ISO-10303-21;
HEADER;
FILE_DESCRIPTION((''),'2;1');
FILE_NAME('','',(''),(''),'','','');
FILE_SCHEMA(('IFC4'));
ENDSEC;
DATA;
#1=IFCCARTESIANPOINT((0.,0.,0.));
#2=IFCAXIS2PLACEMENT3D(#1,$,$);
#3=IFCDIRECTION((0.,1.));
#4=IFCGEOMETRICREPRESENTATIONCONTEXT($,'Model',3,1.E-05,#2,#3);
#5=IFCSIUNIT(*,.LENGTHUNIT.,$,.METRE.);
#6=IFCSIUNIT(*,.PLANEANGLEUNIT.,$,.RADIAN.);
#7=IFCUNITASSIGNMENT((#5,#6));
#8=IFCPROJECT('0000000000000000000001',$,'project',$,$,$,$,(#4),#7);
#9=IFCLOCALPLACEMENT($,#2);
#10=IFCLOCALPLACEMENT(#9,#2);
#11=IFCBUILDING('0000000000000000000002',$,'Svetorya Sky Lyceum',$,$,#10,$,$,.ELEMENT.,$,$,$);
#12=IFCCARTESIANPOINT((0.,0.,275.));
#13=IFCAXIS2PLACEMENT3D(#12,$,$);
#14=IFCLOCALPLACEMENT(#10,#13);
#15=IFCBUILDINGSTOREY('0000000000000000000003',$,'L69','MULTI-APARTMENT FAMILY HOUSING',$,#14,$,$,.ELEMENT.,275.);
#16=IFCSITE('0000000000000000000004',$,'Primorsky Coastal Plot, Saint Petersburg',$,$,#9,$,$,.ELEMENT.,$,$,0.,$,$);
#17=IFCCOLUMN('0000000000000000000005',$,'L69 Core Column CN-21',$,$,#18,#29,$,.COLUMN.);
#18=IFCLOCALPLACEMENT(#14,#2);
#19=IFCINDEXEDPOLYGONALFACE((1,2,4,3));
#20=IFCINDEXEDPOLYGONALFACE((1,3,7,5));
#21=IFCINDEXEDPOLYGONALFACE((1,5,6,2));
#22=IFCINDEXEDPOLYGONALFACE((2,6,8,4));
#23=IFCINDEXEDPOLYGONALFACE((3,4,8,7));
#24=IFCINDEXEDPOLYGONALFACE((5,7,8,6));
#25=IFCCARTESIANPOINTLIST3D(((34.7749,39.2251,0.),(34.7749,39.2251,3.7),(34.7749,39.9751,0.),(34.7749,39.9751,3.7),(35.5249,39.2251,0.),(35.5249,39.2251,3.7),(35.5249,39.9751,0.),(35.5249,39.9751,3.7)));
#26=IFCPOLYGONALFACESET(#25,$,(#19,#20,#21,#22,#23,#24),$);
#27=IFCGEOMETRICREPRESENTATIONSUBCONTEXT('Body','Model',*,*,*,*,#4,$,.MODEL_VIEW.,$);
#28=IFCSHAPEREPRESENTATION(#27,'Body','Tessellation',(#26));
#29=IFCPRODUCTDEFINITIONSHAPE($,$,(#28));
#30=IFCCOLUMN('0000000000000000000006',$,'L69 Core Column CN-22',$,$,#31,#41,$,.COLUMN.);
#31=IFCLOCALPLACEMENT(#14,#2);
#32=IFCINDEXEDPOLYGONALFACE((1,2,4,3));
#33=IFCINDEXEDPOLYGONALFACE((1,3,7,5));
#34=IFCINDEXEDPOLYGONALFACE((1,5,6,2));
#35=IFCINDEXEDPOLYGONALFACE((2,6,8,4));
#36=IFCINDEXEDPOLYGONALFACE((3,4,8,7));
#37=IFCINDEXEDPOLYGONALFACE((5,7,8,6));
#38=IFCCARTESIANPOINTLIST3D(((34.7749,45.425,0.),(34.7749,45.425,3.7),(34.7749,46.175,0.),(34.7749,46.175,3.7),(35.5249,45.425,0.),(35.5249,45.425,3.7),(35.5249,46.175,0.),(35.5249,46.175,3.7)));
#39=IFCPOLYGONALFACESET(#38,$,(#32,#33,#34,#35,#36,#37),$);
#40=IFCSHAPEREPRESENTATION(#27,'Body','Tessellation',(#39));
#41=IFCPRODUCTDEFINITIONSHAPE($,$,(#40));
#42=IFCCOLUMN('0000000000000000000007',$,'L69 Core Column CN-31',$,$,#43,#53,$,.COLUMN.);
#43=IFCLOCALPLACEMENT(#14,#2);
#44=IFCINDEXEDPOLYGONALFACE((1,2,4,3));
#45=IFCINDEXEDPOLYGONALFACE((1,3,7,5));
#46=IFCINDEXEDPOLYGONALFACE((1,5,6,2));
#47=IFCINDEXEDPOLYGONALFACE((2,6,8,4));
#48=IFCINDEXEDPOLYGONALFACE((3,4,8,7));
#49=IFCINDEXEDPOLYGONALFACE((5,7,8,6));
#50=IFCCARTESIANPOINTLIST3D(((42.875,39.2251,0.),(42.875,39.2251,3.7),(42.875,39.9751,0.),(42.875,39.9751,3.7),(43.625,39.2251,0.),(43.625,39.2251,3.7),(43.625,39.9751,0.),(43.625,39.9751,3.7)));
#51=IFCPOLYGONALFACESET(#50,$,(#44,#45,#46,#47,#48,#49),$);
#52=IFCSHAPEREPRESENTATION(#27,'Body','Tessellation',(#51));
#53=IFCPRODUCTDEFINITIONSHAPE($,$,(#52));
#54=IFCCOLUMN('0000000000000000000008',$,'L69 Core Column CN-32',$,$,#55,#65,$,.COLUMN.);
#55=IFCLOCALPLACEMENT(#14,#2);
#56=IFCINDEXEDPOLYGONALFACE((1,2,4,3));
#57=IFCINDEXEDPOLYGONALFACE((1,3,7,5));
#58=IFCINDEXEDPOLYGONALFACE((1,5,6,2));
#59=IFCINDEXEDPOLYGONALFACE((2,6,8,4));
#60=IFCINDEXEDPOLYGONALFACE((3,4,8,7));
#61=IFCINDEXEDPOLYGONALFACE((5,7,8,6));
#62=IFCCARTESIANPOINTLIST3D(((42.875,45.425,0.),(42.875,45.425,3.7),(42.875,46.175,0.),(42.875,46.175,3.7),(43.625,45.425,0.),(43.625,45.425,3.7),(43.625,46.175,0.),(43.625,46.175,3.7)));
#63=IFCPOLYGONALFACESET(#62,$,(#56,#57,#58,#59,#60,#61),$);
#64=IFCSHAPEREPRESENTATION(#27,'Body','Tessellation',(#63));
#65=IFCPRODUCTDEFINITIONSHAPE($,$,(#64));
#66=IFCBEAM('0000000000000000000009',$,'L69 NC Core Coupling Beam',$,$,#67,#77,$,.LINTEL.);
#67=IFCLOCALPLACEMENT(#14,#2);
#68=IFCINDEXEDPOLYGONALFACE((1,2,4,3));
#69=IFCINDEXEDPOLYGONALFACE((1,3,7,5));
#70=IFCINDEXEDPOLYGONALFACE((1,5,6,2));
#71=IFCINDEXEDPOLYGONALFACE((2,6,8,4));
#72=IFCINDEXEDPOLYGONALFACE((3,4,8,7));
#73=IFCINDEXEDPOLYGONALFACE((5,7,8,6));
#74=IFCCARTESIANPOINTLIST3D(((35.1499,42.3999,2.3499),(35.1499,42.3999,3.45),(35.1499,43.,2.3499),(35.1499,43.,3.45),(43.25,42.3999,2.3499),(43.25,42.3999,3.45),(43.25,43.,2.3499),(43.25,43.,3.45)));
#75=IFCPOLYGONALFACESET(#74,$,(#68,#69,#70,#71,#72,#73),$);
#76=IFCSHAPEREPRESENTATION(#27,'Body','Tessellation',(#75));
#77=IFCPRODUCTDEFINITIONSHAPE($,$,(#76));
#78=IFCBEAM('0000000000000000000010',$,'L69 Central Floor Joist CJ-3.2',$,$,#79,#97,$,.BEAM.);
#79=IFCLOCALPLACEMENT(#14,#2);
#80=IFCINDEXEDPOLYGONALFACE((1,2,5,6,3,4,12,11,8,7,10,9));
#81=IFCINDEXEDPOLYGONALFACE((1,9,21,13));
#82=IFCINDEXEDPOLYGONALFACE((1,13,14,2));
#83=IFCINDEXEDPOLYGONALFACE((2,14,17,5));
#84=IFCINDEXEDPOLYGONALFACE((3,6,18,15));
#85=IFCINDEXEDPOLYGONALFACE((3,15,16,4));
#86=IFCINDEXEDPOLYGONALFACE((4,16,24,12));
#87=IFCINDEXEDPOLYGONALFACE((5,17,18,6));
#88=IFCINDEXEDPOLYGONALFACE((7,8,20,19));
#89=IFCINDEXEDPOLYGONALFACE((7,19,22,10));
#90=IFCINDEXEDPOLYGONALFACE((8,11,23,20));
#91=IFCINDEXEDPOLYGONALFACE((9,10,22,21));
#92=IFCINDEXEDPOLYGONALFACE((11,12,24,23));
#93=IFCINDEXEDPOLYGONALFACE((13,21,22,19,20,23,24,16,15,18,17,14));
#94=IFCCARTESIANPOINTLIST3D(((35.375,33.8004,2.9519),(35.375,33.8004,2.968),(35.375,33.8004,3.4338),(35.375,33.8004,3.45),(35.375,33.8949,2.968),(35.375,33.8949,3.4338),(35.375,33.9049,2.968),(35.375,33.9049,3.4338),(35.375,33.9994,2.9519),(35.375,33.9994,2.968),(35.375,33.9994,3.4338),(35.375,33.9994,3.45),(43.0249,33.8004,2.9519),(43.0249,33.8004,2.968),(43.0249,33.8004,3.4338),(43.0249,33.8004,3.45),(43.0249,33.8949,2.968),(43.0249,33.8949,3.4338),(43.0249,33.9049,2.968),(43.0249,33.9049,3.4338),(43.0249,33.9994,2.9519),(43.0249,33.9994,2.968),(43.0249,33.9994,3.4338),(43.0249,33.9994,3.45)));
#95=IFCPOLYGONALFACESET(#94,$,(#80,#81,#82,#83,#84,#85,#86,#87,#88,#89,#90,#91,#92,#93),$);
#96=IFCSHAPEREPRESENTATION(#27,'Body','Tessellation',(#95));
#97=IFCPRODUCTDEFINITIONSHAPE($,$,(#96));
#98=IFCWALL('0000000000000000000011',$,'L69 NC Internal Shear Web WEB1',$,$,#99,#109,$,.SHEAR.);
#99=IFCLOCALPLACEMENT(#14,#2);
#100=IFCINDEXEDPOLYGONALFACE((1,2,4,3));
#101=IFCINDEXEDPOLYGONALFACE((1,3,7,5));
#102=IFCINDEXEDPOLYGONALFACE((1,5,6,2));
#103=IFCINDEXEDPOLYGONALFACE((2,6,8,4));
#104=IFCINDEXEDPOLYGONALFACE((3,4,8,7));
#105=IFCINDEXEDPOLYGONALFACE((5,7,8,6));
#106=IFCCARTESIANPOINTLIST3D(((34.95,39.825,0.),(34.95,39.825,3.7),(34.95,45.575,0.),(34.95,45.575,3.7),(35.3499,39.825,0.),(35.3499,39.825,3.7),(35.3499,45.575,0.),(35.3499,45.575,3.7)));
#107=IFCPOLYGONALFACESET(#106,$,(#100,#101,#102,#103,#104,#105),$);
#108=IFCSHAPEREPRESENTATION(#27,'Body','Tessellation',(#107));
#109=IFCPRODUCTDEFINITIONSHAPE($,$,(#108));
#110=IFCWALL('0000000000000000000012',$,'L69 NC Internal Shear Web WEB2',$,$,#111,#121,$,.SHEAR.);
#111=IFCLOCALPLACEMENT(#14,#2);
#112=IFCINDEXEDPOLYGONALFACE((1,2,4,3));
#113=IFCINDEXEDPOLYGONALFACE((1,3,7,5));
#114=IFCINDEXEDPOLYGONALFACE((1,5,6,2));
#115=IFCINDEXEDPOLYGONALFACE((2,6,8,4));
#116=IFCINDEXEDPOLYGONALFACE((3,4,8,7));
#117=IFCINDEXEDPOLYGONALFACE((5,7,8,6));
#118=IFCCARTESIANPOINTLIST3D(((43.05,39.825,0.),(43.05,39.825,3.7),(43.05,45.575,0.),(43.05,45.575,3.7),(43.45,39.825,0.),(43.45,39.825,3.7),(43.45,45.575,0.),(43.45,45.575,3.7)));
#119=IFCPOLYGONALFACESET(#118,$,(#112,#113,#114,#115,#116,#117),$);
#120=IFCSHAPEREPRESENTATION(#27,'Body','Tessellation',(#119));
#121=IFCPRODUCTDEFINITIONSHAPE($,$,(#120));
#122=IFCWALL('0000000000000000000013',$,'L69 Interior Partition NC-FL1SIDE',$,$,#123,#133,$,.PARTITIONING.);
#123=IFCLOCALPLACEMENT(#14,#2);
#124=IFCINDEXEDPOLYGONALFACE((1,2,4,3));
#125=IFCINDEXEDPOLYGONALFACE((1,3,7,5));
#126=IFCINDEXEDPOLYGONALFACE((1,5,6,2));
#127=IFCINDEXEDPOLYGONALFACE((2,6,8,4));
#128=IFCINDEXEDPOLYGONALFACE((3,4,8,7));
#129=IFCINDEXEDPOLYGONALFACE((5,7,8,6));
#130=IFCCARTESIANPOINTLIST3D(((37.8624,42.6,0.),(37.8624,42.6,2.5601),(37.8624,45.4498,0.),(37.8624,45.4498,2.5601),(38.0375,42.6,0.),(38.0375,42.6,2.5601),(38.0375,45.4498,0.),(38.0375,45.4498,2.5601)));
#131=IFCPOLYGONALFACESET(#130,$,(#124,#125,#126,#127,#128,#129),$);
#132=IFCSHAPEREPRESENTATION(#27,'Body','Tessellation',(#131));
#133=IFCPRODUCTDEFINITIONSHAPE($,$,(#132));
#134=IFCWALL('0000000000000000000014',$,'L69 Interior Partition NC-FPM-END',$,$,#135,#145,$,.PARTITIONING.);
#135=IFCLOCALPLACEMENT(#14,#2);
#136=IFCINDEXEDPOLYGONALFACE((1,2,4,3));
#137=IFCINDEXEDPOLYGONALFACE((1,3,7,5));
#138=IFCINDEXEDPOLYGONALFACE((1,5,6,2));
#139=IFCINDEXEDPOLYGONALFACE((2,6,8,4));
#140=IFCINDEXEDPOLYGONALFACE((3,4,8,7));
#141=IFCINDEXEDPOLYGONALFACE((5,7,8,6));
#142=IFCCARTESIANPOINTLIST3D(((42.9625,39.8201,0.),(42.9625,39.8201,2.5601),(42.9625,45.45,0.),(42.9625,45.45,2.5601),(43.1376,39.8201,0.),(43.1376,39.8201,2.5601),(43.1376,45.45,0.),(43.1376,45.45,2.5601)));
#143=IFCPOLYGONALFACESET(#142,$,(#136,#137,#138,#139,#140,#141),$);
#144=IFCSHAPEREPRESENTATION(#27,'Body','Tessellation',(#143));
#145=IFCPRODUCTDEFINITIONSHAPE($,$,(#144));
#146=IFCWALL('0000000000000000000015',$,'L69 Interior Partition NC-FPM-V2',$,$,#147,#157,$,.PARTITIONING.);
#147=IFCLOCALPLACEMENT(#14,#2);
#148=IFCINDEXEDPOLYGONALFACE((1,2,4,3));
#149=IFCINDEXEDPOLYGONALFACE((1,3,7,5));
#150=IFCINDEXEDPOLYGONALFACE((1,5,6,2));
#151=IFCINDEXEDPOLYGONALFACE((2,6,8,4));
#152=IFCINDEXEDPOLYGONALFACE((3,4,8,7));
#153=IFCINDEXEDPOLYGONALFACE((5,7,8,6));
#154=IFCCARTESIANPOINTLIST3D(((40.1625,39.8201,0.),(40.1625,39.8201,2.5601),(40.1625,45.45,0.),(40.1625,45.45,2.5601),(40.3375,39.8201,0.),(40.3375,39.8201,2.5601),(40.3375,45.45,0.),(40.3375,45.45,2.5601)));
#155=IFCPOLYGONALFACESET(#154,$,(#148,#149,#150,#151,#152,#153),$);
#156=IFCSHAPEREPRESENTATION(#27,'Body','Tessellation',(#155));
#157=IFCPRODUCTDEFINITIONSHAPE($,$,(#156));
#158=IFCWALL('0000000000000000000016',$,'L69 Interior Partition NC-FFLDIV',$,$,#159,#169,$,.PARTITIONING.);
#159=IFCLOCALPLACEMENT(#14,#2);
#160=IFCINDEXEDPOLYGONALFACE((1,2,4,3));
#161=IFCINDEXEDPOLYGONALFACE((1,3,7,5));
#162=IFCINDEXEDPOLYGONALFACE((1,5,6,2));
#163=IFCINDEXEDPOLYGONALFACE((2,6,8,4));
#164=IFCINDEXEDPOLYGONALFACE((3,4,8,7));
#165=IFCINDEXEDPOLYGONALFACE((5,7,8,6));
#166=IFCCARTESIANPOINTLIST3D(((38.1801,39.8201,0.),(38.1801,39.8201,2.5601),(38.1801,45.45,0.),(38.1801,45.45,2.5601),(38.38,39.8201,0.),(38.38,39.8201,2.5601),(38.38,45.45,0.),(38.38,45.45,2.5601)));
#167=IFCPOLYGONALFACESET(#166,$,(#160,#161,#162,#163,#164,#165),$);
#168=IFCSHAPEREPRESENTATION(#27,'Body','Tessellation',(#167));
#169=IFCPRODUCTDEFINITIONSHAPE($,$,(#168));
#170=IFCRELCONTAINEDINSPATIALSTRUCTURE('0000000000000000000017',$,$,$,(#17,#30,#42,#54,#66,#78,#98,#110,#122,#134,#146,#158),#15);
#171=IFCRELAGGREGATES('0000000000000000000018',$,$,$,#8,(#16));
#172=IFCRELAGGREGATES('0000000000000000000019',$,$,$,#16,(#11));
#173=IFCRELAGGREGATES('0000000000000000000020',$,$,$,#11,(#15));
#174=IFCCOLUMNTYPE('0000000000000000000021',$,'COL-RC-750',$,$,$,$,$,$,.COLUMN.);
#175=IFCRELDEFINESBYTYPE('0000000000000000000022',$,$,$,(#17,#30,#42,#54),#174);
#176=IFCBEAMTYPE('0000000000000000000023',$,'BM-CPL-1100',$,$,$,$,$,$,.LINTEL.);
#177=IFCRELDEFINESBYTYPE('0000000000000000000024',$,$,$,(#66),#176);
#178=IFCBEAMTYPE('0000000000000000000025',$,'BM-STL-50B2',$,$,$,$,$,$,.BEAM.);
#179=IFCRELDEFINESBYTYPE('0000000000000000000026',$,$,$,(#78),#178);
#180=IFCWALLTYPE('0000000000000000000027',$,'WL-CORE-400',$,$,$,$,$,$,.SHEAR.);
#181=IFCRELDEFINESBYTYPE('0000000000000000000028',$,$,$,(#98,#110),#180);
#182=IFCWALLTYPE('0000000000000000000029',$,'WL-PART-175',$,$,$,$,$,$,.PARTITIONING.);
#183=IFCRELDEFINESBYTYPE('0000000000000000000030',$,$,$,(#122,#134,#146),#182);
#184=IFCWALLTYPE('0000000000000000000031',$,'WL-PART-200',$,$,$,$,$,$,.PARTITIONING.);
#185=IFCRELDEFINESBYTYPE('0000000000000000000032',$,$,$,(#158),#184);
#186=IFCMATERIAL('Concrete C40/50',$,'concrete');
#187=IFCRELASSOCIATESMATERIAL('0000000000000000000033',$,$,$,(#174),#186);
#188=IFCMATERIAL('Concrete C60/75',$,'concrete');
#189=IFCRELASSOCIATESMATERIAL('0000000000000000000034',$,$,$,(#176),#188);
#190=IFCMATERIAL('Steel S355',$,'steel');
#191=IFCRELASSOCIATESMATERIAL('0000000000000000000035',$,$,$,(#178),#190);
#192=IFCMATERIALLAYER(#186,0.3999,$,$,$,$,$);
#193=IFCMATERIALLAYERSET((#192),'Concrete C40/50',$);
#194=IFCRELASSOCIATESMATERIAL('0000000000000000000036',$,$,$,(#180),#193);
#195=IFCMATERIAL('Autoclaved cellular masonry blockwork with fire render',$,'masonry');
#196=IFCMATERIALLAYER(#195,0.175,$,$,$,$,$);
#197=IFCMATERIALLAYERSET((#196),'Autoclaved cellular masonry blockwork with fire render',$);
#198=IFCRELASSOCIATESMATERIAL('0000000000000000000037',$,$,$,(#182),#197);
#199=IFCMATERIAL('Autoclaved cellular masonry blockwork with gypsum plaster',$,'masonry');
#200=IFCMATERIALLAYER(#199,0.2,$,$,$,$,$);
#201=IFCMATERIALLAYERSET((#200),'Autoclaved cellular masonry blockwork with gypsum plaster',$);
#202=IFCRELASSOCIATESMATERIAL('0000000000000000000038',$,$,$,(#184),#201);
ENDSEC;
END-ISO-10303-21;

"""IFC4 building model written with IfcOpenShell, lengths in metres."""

from ifc_helpers import new_model, si_unit, direction, frame, frame_2d, origin, origin_2d, place, context, subcontext, project, spatial, rectangle, i_section, extrude, material, layer, layer_set, material_profile, profile_set, type_object, element, save


model = new_model("IFC4")

# Units and contexts
model_context = context("Model", 3, precision=1e-05, world=origin(), true_north=direction((0.0, 1.0)))
body_context = subcontext(model_context, "Body", "Model", "MODEL_VIEW")
ifc_project = project(units=[si_unit("LENGTHUNIT", "METRE"), si_unit("PLANEANGLEUNIT", "RADIAN")], contexts=[model_context])

# Site, building, storey
site_placement = place(None, origin())
site = spatial("IfcSite", under=ifc_project, at=site_placement, Name="Primorsky Coastal Plot, Saint Petersburg", CompositionType="ELEMENT", RefElevation=0.0)
building_placement = place(site_placement, origin())
building = spatial("IfcBuilding", under=site, at=building_placement, Name="Svetorya Sky Lyceum", CompositionType="ELEMENT")
storey_placement = place(building_placement, frame((0.0, 0.0, 275.0)))
storey = spatial("IfcBuildingStorey", under=building, at=storey_placement, Name="L69", Description="MULTI-APARTMENT FAMILY HOUSING", CompositionType="ELEMENT", Elevation=275.0)

# Columns
ifc_material_1 = material(Name="Concrete C40/50", Category="concrete")
ifc_material_profile_1 = material_profile(ifc_material_1, rectangle(XDim=0.75, YDim=0.75, at=origin_2d()), Name="RC COL 750x750")
ifc_profile_set_1 = profile_set([ifc_material_profile_1], Name="Concrete C40/50")
column_type = type_object("IfcColumnType", Name="COL-RC-750", PredefinedType="COLUMN", material=ifc_profile_set_1)
for number, where, z_axis, x_axis, name in (
    (1, (35.1499, 39.6001, 0.0), (0.0, 0.0, 1.0), (1.0, 0.0, 0.0), "L69 Core Column CN-21"),
    (2, (35.1499, 45.8, 0.0), (0.0, 0.0, 1.0), (1.0, 0.0, 0.0), "L69 Core Column CN-22"),
    (3, (43.25, 39.6001, 0.0), (0.0, 0.0, 1.0), (1.0, 0.0, 0.0), "L69 Core Column CN-31"),
    (4, (43.25, 45.8, 0.0), (0.0, 0.0, 1.0), (1.0, 0.0, 0.0), "L69 Core Column CN-32"),
):
    element("IfcColumn", number, at=place(storey_placement, frame(where, z_axis=z_axis, x_axis=x_axis)), inside=storey, type_object=column_type, Name=name, PredefinedType="COLUMN", context=body_context, shape_type="SweptSolid", body=[
        extrude(rectangle(XDim=0.75, YDim=0.75, at=origin_2d()), origin(), (0.0, 0.0, 1.0), 3.7),
    ])

# Beams
ifc_material_2 = material(Name="Concrete C60/75", Category="concrete")
ifc_material_profile_2 = material_profile(ifc_material_2, rectangle(XDim=0.6001, YDim=1.1001, at=origin_2d()), Name="RC COUPLING 600x1100")
ifc_profile_set_2 = profile_set([ifc_material_profile_2], Name="Concrete C60/75")
beam_type_1 = type_object("IfcBeamType", Name="BM-CPL-1100", PredefinedType="LINTEL", material=ifc_profile_set_2)
beam_1_placement = place(storey_placement, frame((35.1499, 42.7, 2.8999), z_axis=(1.0, 0.0, 0.0), x_axis=(0.0, 1.0, 0.0)))
element("IfcBeam", 5, at=beam_1_placement, inside=storey, type_object=beam_type_1, Name="L69 NC Core Coupling Beam", PredefinedType="LINTEL", context=body_context, shape_type="SweptSolid", body=[
    extrude(rectangle(XDim=0.6001, YDim=1.1001, at=origin_2d()), origin(), (0.0, 0.0, 1.0), 8.1001),
])
ifc_material_3 = material(Name="Steel S355", Category="steel")
ifc_material_profile_3 = material_profile(ifc_material_3, i_section(OverallWidth=0.199, OverallDepth=0.498, WebThickness=0.01, FlangeThickness=0.0161, at=origin_2d()), Name="GOST 50B2")
ifc_profile_set_3 = profile_set([ifc_material_profile_3], Name="Steel S355")
beam_type_2 = type_object("IfcBeamType", Name="BM-STL-50B2", PredefinedType="BEAM", material=ifc_profile_set_3)
beam_2_placement = place(storey_placement, frame((35.375, 33.8999, 3.2009), z_axis=(1.0, 0.0, 0.0), x_axis=(0.0, 1.0, 0.0)))
element("IfcBeam", 6, at=beam_2_placement, inside=storey, type_object=beam_type_2, Name="L69 Central Floor Joist CJ-3.2", PredefinedType="BEAM", context=body_context, shape_type="SweptSolid", body=[
    extrude(i_section(OverallWidth=0.199, OverallDepth=0.498, WebThickness=0.01, FlangeThickness=0.0161, at=origin_2d()), origin(), (0.0, 0.0, 1.0), 7.6499),
])

# Walls
ifc_layer_1 = layer(ifc_material_1, 0.3999)
ifc_layer_set_1 = layer_set([ifc_layer_1], Name="Concrete C40/50")
wall_type_1 = type_object("IfcWallType", Name="WL-CORE-400", PredefinedType="SHEAR", material=ifc_layer_set_1)
for number, where, z_axis, x_axis, name in (
    (7, (35.1499, 39.825, 0.0), (0.0, 0.0, 1.0), (0.0, 1.0, 0.0), "L69 NC Internal Shear Web WEB1"),
    (8, (43.25, 39.825, 0.0), (0.0, 0.0, 1.0), (0.0, 1.0, 0.0), "L69 NC Internal Shear Web WEB2"),
):
    element("IfcWall", number, at=place(storey_placement, frame(where, z_axis=z_axis, x_axis=x_axis)), inside=storey, type_object=wall_type_1, Name=name, PredefinedType="SHEAR", context=body_context, shape_type="SweptSolid", body=[
        extrude(rectangle(XDim=5.75, YDim=0.3999, at=frame_2d((2.875, 0.0))), origin(), (0.0, 0.0, 1.0), 3.7),
    ])
ifc_material_4 = material(Name="Autoclaved cellular masonry blockwork with fire render", Category="masonry")
ifc_layer_2 = layer(ifc_material_4, 0.175)
ifc_layer_set_2 = layer_set([ifc_layer_2], Name="Autoclaved cellular masonry blockwork with fire render")
wall_type_2 = type_object("IfcWallType", Name="WL-PART-175", PredefinedType="PARTITIONING", material=ifc_layer_set_2)
wall_1_placement = place(storey_placement, frame((37.95, 42.6001, 0.0), z_axis=(0.0, 0.0, 1.0), x_axis=(0.0, 1.0, 0.0)))
element("IfcWall", 9, at=wall_1_placement, inside=storey, type_object=wall_type_2, Name="L69 Interior Partition NC-FL1SIDE", PredefinedType="PARTITIONING", context=body_context, shape_type="SweptSolid", body=[
    extrude(rectangle(XDim=2.8499, YDim=0.175, at=frame_2d((1.4248, 0.0))), origin(), (0.0, 0.0, 1.0), 2.5601),
])
for number, where, z_axis, x_axis, name in (
    (10, (43.05, 39.8201, 0.0), (0.0, 0.0, 1.0), (0.0, 1.0, 0.0), "L69 Interior Partition NC-FPM-END"),
    (11, (40.25, 39.8201, 0.0), (0.0, 0.0, 1.0), (0.0, 1.0, 0.0), "L69 Interior Partition NC-FPM-V2"),
):
    element("IfcWall", number, at=place(storey_placement, frame(where, z_axis=z_axis, x_axis=x_axis)), inside=storey, type_object=wall_type_2, Name=name, PredefinedType="PARTITIONING", context=body_context, shape_type="SweptSolid", body=[
        extrude(rectangle(XDim=5.6299, YDim=0.175, at=frame_2d((2.8149, 0.0))), origin(), (0.0, 0.0, 1.0), 2.5601),
    ])

# Shared definitions
ifc_material_5 = material(Name="Autoclaved cellular masonry blockwork with gypsum plaster", Category="masonry")
ifc_layer_3 = layer(ifc_material_5, 0.2)
ifc_layer_set_3 = layer_set([ifc_layer_3], Name="Autoclaved cellular masonry blockwork with gypsum plaster")
wall_type_3 = type_object("IfcWallType", Name="WL-PART-200", PredefinedType="PARTITIONING", material=ifc_layer_set_3)

# Wall
wall_2_placement = place(storey_placement, frame((38.28, 39.8201, 0.0), z_axis=(0.0, 0.0, 1.0), x_axis=(0.0, 1.0, 0.0)))
element("IfcWall", 12, at=wall_2_placement, inside=storey, type_object=wall_type_3, Name="L69 Interior Partition NC-FFLDIV", PredefinedType="PARTITIONING", context=body_context, shape_type="SweptSolid", body=[
    extrude(rectangle(XDim=5.6299, YDim=0.2, at=frame_2d((2.8149, 0.0))), origin(), (0.0, 0.0, 1.0), 2.5601),
])

save(model, "model.ifc")
